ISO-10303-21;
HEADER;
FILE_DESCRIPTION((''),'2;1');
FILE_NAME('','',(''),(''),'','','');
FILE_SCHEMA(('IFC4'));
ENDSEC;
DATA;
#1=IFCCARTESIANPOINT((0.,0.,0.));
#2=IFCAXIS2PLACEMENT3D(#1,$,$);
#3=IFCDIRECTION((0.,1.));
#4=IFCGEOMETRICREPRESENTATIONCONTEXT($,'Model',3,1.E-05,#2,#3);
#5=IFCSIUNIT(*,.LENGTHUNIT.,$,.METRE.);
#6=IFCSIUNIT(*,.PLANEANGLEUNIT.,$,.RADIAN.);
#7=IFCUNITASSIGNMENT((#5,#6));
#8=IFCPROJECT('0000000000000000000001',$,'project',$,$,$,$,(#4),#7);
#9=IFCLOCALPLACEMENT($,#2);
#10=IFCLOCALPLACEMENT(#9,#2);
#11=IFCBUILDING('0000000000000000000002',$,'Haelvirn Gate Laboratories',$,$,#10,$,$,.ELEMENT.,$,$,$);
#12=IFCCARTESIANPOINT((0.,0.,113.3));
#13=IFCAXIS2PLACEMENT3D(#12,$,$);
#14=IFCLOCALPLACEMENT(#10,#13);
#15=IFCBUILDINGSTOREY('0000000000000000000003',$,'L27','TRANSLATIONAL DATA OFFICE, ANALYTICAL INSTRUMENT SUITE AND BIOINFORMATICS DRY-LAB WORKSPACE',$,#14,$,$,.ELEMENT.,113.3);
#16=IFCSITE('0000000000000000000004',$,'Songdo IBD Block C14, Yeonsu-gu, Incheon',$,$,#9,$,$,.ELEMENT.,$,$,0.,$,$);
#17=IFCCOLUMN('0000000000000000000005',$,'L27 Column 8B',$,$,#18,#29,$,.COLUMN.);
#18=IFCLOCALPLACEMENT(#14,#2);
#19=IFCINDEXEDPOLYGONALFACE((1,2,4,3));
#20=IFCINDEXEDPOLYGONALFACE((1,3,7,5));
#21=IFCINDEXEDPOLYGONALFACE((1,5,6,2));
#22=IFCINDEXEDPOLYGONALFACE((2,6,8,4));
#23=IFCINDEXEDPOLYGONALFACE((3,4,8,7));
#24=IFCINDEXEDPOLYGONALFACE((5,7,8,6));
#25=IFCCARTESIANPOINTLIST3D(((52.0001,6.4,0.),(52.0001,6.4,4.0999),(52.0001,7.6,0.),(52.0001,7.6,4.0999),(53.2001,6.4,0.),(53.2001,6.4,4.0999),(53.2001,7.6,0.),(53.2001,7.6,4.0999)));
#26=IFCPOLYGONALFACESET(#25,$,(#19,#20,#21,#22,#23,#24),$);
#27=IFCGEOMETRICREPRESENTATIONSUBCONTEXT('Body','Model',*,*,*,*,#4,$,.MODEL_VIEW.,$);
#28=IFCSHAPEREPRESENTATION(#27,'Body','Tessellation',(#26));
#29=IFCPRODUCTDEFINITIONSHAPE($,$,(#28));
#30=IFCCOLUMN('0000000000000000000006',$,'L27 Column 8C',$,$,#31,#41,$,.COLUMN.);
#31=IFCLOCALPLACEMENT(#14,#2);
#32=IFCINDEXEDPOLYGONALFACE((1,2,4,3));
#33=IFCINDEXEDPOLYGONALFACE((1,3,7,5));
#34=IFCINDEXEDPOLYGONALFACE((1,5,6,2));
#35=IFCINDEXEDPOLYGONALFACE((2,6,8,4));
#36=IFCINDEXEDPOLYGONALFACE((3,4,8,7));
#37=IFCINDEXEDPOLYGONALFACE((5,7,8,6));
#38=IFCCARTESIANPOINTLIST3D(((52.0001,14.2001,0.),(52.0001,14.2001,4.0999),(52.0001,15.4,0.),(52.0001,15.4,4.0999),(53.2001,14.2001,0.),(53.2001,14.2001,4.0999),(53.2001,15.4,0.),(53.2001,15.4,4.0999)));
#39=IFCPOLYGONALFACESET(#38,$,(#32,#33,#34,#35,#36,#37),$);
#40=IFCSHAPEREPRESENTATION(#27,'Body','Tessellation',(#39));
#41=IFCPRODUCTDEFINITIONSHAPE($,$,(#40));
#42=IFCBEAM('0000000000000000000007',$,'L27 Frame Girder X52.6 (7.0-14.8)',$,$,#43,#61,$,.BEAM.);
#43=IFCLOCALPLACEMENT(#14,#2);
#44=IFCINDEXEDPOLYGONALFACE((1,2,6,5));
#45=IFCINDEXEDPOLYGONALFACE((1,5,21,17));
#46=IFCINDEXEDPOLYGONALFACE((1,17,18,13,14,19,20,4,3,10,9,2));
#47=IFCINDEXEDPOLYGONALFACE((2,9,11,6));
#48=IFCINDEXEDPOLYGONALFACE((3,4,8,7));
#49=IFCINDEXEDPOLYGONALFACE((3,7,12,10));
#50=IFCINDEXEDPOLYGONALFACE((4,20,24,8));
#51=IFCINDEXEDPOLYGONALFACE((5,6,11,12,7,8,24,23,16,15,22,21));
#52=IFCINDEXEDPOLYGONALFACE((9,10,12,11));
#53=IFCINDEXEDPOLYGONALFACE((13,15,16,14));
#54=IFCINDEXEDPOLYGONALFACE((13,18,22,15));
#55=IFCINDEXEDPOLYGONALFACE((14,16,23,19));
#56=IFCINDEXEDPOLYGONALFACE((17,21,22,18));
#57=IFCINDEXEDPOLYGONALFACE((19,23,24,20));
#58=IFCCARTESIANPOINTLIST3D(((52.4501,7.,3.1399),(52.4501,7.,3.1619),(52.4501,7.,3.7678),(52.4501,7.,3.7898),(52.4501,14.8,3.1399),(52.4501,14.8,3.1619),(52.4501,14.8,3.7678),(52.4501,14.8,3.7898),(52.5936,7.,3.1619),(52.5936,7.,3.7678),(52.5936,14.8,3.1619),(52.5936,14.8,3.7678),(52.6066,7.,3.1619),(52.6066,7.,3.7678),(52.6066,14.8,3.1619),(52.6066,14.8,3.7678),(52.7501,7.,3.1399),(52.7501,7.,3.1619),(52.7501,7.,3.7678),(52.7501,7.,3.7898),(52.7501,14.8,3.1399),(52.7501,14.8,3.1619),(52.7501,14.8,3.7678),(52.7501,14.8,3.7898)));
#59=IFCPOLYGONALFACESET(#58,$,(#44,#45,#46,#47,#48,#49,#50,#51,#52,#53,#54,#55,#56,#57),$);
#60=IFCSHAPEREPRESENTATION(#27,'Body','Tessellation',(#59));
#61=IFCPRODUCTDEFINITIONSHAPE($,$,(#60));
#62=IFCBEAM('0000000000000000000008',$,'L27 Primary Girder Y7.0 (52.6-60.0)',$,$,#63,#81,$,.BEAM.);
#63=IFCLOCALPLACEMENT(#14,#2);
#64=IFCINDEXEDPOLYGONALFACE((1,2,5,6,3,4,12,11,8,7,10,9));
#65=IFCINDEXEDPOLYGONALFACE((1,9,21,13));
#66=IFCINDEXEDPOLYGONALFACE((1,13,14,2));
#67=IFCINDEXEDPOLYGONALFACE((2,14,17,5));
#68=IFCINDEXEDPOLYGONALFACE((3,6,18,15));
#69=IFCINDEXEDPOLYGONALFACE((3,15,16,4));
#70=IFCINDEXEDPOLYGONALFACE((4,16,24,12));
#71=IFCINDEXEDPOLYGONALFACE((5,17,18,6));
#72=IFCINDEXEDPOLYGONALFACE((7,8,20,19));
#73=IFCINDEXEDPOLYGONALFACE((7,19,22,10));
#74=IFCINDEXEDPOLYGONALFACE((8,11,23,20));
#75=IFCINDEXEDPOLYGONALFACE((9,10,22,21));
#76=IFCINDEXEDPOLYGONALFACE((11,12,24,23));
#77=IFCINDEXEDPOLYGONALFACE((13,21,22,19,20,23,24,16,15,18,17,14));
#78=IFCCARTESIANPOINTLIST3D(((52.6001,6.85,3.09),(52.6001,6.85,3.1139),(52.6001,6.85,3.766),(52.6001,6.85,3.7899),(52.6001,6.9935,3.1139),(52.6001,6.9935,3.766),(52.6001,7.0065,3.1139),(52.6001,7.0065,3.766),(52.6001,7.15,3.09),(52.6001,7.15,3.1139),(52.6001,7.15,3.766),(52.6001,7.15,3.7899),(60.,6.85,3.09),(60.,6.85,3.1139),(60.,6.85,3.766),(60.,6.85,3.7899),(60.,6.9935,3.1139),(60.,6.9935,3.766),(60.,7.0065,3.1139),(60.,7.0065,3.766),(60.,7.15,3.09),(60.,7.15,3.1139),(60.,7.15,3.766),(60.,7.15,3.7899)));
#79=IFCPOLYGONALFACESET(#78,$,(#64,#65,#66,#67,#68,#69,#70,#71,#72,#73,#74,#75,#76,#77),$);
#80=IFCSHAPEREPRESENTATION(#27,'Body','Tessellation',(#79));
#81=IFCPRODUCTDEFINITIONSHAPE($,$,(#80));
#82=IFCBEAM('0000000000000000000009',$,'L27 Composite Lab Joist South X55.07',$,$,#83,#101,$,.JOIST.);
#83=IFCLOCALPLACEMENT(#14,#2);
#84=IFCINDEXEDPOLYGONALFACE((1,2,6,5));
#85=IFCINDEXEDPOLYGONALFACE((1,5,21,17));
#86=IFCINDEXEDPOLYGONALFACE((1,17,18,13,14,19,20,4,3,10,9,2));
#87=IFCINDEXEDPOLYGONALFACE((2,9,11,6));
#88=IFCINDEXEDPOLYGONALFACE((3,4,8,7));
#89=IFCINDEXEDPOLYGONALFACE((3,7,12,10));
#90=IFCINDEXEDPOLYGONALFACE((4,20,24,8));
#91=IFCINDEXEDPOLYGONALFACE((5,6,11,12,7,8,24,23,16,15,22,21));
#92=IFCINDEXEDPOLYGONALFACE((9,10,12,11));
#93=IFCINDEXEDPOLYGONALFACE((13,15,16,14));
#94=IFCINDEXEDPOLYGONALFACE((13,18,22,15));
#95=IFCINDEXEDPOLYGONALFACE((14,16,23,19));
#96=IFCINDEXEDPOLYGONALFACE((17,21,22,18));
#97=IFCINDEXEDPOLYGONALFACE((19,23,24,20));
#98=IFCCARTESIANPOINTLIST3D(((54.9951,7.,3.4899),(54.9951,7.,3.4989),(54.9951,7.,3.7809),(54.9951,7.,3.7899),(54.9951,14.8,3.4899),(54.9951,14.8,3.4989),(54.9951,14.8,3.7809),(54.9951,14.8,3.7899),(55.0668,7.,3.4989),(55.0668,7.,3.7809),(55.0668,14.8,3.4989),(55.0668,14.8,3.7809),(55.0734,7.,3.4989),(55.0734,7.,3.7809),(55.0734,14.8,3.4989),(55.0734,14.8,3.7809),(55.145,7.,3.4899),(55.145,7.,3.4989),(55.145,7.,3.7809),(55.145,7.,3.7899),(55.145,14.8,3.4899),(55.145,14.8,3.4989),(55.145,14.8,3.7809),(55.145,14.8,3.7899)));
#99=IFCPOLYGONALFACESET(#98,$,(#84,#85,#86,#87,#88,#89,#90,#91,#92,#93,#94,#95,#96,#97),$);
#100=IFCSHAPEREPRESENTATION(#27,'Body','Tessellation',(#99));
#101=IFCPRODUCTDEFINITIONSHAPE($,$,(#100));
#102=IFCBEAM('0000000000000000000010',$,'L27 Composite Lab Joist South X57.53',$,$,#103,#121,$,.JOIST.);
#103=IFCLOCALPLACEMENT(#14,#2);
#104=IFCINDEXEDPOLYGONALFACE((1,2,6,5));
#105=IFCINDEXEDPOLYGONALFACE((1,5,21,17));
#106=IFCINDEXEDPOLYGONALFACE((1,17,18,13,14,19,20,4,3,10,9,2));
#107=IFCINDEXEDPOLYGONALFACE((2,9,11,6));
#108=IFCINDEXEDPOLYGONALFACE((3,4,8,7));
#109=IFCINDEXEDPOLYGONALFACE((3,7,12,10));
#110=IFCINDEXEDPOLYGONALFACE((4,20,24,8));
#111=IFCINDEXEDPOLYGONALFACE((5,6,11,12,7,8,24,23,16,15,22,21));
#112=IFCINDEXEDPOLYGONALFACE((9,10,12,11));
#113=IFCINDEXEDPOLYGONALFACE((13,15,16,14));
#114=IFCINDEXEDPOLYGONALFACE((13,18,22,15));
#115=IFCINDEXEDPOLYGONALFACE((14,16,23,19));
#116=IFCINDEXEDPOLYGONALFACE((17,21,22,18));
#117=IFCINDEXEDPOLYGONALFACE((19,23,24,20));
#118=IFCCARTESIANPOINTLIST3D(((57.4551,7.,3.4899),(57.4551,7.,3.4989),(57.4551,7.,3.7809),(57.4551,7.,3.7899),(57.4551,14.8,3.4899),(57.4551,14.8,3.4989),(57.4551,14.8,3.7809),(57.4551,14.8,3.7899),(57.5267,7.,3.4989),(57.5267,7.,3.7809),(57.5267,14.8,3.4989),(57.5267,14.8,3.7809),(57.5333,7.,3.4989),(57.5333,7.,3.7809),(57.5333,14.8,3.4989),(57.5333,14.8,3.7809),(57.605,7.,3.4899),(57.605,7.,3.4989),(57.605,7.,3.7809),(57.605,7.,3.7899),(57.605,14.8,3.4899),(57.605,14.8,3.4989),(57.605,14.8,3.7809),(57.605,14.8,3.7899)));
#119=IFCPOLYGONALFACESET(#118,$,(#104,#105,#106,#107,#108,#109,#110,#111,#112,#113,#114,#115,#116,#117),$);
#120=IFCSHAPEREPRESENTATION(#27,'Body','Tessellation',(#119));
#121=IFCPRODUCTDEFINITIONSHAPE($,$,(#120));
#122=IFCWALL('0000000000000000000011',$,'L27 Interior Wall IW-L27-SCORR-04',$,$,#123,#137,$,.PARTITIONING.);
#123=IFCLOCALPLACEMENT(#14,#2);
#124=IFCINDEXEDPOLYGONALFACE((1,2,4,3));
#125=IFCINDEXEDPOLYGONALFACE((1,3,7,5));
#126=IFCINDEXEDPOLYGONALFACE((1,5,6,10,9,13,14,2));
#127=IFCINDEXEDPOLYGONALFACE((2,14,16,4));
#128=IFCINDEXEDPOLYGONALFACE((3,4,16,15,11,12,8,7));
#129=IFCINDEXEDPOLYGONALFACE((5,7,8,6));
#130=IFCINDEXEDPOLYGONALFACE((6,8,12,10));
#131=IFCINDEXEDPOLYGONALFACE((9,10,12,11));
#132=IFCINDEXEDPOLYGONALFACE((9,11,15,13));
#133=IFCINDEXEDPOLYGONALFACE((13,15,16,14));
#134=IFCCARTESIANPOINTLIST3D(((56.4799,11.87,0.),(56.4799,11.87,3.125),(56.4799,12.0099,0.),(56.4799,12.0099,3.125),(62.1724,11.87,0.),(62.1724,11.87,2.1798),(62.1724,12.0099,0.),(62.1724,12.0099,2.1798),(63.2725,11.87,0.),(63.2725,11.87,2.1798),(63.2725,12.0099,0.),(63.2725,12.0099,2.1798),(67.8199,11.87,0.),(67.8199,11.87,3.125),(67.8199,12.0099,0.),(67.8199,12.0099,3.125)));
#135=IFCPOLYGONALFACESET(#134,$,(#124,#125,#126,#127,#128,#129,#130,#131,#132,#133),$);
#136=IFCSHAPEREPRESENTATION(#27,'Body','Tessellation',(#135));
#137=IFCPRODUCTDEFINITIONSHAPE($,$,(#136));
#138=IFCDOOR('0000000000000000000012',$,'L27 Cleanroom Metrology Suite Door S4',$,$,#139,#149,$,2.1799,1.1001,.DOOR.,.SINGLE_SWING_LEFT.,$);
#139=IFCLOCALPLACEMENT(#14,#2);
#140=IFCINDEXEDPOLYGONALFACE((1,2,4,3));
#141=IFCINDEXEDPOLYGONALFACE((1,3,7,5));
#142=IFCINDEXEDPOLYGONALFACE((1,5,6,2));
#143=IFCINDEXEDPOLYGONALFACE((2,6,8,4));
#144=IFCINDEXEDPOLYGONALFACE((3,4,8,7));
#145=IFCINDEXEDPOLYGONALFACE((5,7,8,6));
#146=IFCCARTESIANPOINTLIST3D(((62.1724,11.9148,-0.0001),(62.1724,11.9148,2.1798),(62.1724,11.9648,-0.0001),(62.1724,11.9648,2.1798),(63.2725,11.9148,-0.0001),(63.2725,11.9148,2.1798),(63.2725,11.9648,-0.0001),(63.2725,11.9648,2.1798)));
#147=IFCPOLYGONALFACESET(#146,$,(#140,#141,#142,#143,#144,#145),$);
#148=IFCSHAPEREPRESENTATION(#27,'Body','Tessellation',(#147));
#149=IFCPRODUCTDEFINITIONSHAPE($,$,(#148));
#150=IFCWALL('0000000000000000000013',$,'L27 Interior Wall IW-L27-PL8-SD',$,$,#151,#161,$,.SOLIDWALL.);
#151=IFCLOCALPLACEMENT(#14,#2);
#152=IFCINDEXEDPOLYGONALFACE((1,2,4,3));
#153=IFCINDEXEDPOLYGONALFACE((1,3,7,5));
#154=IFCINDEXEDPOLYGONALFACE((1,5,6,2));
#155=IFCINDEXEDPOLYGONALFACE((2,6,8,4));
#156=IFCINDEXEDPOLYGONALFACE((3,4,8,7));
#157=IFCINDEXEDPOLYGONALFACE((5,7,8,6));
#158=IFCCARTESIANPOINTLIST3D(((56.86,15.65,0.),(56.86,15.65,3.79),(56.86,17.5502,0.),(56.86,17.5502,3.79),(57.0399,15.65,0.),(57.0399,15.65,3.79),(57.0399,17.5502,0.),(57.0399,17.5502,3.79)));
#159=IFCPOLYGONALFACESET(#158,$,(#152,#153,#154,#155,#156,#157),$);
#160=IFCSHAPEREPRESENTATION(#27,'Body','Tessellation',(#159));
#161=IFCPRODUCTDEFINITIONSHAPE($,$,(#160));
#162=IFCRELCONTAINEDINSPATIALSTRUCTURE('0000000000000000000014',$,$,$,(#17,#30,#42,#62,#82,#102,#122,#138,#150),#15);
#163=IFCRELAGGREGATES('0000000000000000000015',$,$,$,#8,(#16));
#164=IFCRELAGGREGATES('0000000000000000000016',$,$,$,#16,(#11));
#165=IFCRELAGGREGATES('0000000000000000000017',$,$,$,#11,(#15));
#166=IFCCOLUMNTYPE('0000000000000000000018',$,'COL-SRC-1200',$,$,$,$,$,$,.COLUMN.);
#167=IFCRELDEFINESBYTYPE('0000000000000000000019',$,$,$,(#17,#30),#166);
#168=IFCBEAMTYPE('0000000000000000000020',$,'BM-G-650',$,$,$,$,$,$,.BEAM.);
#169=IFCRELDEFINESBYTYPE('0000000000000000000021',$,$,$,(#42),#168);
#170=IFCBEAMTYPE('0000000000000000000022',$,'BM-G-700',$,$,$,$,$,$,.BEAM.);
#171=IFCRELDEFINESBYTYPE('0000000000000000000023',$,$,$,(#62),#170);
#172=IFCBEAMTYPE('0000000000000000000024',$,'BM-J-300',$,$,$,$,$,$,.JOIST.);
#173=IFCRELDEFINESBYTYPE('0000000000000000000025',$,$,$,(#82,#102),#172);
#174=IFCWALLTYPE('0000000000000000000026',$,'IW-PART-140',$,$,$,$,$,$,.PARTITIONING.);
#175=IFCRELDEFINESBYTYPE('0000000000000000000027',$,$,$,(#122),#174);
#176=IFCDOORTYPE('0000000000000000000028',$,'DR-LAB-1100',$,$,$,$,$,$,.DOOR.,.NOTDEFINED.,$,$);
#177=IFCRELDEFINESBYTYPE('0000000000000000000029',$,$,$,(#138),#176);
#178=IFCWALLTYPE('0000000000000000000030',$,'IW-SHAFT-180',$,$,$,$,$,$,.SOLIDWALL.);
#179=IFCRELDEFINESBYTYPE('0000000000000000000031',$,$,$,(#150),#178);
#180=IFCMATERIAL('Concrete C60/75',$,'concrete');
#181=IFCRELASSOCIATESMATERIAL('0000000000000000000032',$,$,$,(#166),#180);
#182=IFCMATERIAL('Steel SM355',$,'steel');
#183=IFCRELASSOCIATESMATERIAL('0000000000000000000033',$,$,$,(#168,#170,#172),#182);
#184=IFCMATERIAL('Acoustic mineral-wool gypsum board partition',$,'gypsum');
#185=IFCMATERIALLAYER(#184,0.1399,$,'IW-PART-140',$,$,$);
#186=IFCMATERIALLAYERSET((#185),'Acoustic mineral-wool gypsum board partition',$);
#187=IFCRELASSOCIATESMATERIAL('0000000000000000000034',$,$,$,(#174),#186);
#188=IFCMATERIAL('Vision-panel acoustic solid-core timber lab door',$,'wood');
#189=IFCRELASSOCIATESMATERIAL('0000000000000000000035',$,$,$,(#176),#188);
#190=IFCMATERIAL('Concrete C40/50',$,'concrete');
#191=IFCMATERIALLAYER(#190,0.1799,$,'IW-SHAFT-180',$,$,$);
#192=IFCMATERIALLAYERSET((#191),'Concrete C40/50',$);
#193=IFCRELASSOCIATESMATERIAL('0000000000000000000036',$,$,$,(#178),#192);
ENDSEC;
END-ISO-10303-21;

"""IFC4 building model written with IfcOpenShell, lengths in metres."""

from ifc_helpers import new_model, si_unit, direction, frame, frame_2d, origin, origin_2d, place, context, subcontext, project, spatial, rectangle, i_section, extrude, source, transform, mapped, material, layer, layer_set, material_profile, profile_set, type_object, type_shapes, element, fill, save


model = new_model("IFC4")

# Units and contexts
model_context = context("Model", 3, precision=1e-05, world=origin(), true_north=direction((0.0, 1.0)))
body_context = subcontext(model_context, "Body", "Model", "MODEL_VIEW")
ifc_project = project(units=[si_unit("LENGTHUNIT", "METRE"), si_unit("PLANEANGLEUNIT", "RADIAN")], contexts=[model_context])

# Site, building, storey
site_placement = place(None, origin())
site = spatial("IfcSite", under=ifc_project, at=site_placement, Name="Songdo IBD Block C14, Yeonsu-gu, Incheon", CompositionType="ELEMENT", RefElevation=0.0)
building_placement = place(site_placement, origin())
building = spatial("IfcBuilding", under=site, at=building_placement, Name="Haelvirn Gate Laboratories", CompositionType="ELEMENT")
storey_placement = place(building_placement, frame((0.0, 0.0, 113.3)))
storey = spatial("IfcBuildingStorey", under=building, at=storey_placement, Name="L27", Description="TRANSLATIONAL DATA OFFICE, ANALYTICAL INSTRUMENT SUITE AND BIOINFORMATICS DRY-LAB WORKSPACE", CompositionType="ELEMENT", Elevation=113.3)

# Columns
ifc_material_1 = material(Name="Concrete C60/75", Category="concrete")
ifc_material_profile_1 = material_profile(ifc_material_1, rectangle(XDim=1.2, YDim=1.2, at=origin_2d()), Name="SRC-1200x1200")
ifc_profile_set_1 = profile_set([ifc_material_profile_1], Name="Concrete C60/75")
column_type = type_object("IfcColumnType", Name="COL-SRC-1200", PredefinedType="COLUMN", material=ifc_profile_set_1)
shared_shape_1 = source(origin(), body_context, "Body", "SweptSolid", [
    extrude(rectangle(XDim=1.2, YDim=1.2, at=origin_2d()), origin(), (0.0, 0.0, 1.0), 4.0999),
])
type_shapes(column_type, [shared_shape_1])
for number, where, z_axis, x_axis, name in (
    (1, (52.6001, 7.0, 0.0), (0.0, 0.0, 1.0), (1.0, 0.0, 0.0), "L27 Column 8B"),
    (2, (52.6001, 14.8, 0.0), (0.0, 0.0, 1.0), (1.0, 0.0, 0.0), "L27 Column 8C"),
):
    element("IfcColumn", number, at=place(storey_placement, frame(where, z_axis=z_axis, x_axis=x_axis)), inside=storey, type_object=column_type, Name=name, PredefinedType="COLUMN", context=body_context, shape_type="MappedRepresentation", body=[
        mapped(shared_shape_1, transform((0.0, 0.0, 0.0), scale=1.0)),
    ])

# Beams
ifc_material_2 = material(Name="Steel SM355", Category="steel")
ifc_material_profile_2 = material_profile(ifc_material_2, i_section(OverallWidth=0.3, OverallDepth=0.6499, WebThickness=0.0129, FlangeThickness=0.022, at=origin_2d()), Name="H-650x300x13x22")
ifc_profile_set_2 = profile_set([ifc_material_profile_2], Name="Steel SM355")
beam_type_1 = type_object("IfcBeamType", Name="BM-G-650", PredefinedType="BEAM", material=ifc_profile_set_2)
shared_shape_2 = source(origin(), body_context, "Body", "SweptSolid", [
    extrude(i_section(OverallWidth=0.3, OverallDepth=0.6499, WebThickness=0.0129, FlangeThickness=0.022, at=origin_2d()), origin(), (0.0, 0.0, 1.0), 7.8),
])
type_shapes(beam_type_1, [shared_shape_2])
beam_1_placement = place(storey_placement, frame((52.6001, 7.0, 3.4648), z_axis=(0.0, 1.0, 0.0), x_axis=(-1.0, 0.0, 0.0)))
element("IfcBeam", 3, at=beam_1_placement, inside=storey, type_object=beam_type_1, Name="L27 Frame Girder X52.6 (7.0-14.8)", PredefinedType="BEAM", context=body_context, shape_type="MappedRepresentation", body=[
    mapped(shared_shape_2, transform((0.0, 0.0, 0.0), scale=1.0)),
])
ifc_material_profile_3 = material_profile(ifc_material_2, i_section(OverallWidth=0.3, OverallDepth=0.7, WebThickness=0.0129, FlangeThickness=0.0239, at=origin_2d()), Name="H-700x300x13x24")
ifc_profile_set_3 = profile_set([ifc_material_profile_3], Name="Steel SM355")
beam_type_2 = type_object("IfcBeamType", Name="BM-G-700", PredefinedType="BEAM", material=ifc_profile_set_3)
shared_shape_3 = source(origin(), body_context, "Body", "SweptSolid", [
    extrude(i_section(OverallWidth=0.3, OverallDepth=0.7, WebThickness=0.0129, FlangeThickness=0.0239, at=origin_2d()), origin(), (0.0, 0.0, 1.0), 7.3999),
])
type_shapes(beam_type_2, [shared_shape_3])
beam_2_placement = place(storey_placement, frame((52.6001, 7.0, 3.4399), z_axis=(1.0, 0.0, 0.0), x_axis=(0.0, 1.0, 0.0)))
element("IfcBeam", 4, at=beam_2_placement, inside=storey, type_object=beam_type_2, Name="L27 Primary Girder Y7.0 (52.6-60.0)", PredefinedType="BEAM", context=body_context, shape_type="MappedRepresentation", body=[
    mapped(shared_shape_3, transform((0.0, 0.0, 0.0), scale=1.0)),
])
ifc_material_profile_4 = material_profile(ifc_material_2, i_section(OverallWidth=0.1499, OverallDepth=0.3, WebThickness=0.0066, FlangeThickness=0.009, at=origin_2d()), Name="H-300x150x6.5x9")
ifc_profile_set_4 = profile_set([ifc_material_profile_4], Name="Steel SM355")
beam_type_3 = type_object("IfcBeamType", Name="BM-J-300", PredefinedType="JOIST", material=ifc_profile_set_4)
shared_shape_4 = source(origin(), body_context, "Body", "SweptSolid", [
    extrude(i_section(OverallWidth=0.1499, OverallDepth=0.3, WebThickness=0.0066, FlangeThickness=0.009, at=origin_2d()), origin(), (0.0, 0.0, 1.0), 7.8),
])
type_shapes(beam_type_3, [shared_shape_4])
for number, where, z_axis, x_axis, name in (
    (5, (55.0701, 7.0, 3.6399), (0.0, 1.0, 0.0), (-1.0, 0.0, 0.0), "L27 Composite Lab Joist South X55.07"),
    (6, (57.53, 7.0, 3.6399), (0.0, 1.0, 0.0), (-1.0, 0.0, 0.0), "L27 Composite Lab Joist South X57.53"),
):
    element("IfcBeam", number, at=place(storey_placement, frame(where, z_axis=z_axis, x_axis=x_axis)), inside=storey, type_object=beam_type_3, Name=name, PredefinedType="JOIST", context=body_context, shape_type="MappedRepresentation", body=[
        mapped(shared_shape_4, transform((0.0, 0.0, 0.0), scale=1.0)),
    ])

# Wall, opening, door
ifc_material_3 = material(Name="Acoustic mineral-wool gypsum board partition", Category="gypsum")
ifc_layer_1 = layer(ifc_material_3, 0.1399, Name="IW-PART-140")
ifc_layer_set_1 = layer_set([ifc_layer_1], Name="Acoustic mineral-wool gypsum board partition")
wall_type_1 = type_object("IfcWallType", Name="IW-PART-140", PredefinedType="PARTITIONING", material=ifc_layer_set_1)
wall_1_placement = place(storey_placement, frame((56.48, 11.9399, 0.0), z_axis=(0.0, 0.0, 1.0), x_axis=(1.0, 0.0, 0.0)))
wall_1 = element("IfcWall", 7, at=wall_1_placement, inside=storey, type_object=wall_type_1, Name="L27 Interior Wall IW-L27-SCORR-04", PredefinedType="PARTITIONING", context=body_context, shape_type="SweptSolid", body=[
    extrude(rectangle(XDim=11.3401, YDim=0.1399, at=frame_2d((5.6699, 0.0))), origin(), (0.0, 0.0, 1.0), 3.125),
])
opening_1_placement = place(wall_1_placement, frame((5.6924, 0.0, 0.0)))
opening_1 = element("IfcOpeningElement", 8, at=opening_1_placement, cuts=wall_1, PredefinedType="OPENING", context=body_context, shape_type="SweptSolid", body=[
    extrude(rectangle(XDim=1.1001, YDim=2.1799, at=frame_2d((0.55, 1.0898))), frame((0.0, 0.0801, 0.0), z_axis=(0.0, -1.0, 0.0), x_axis=(1.0, 0.0, 0.0)), (0.0, 0.0, 1.0), 0.1599),
])
ifc_material_4 = material(Name="Vision-panel acoustic solid-core timber lab door", Category="wood")
door_type_1 = type_object("IfcDoorType", Name="DR-LAB-1100", OperationType="NOTDEFINED", PredefinedType="DOOR", material=ifc_material_4)
shared_shape_5 = source(origin(), body_context, "Body", "SweptSolid", [
    extrude(rectangle(XDim=1.1001, YDim=2.1799, at=frame_2d((0.55, 1.0898))), frame((0.0, 0.0249, 0.0), z_axis=(0.0, -1.0, 0.0), x_axis=(1.0, 0.0, 0.0)), (0.0, 0.0, 1.0), 0.05),
])
type_shapes(door_type_1, [shared_shape_5])
door_1_placement = place(opening_1_placement, origin())
door_1 = element("IfcDoor", 9, at=door_1_placement, inside=storey, type_object=door_type_1, Name="L27 Cleanroom Metrology Suite Door S4", OperationType="SINGLE_SWING_LEFT", OverallHeight=2.1799, OverallWidth=1.1001, PredefinedType="DOOR", context=body_context, shape_type="MappedRepresentation", body=[
    mapped(shared_shape_5, transform((0.0, 0.0, 0.0), scale=1.0)),
])
fill(opening_1, door_1)

# Wall
ifc_material_5 = material(Name="Concrete C40/50", Category="concrete")
ifc_layer_2 = layer(ifc_material_5, 0.1799, Name="IW-SHAFT-180")
ifc_layer_set_2 = layer_set([ifc_layer_2], Name="Concrete C40/50")
wall_type_2 = type_object("IfcWallType", Name="IW-SHAFT-180", PredefinedType="SOLIDWALL", material=ifc_layer_set_2)
wall_2_placement = place(storey_placement, frame((56.95, 15.6499, 0.0), z_axis=(0.0, 0.0, 1.0), x_axis=(0.0, 1.0, 0.0)))
element("IfcWall", 10, at=wall_2_placement, inside=storey, type_object=wall_type_2, Name="L27 Interior Wall IW-L27-PL8-SD", PredefinedType="SOLIDWALL", context=body_context, shape_type="SweptSolid", body=[
    extrude(rectangle(XDim=1.9001, YDim=0.1799, at=frame_2d((0.9502, 0.0))), origin(), (0.0, 0.0, 1.0), 3.79),
])

save(model, "model.ifc")
